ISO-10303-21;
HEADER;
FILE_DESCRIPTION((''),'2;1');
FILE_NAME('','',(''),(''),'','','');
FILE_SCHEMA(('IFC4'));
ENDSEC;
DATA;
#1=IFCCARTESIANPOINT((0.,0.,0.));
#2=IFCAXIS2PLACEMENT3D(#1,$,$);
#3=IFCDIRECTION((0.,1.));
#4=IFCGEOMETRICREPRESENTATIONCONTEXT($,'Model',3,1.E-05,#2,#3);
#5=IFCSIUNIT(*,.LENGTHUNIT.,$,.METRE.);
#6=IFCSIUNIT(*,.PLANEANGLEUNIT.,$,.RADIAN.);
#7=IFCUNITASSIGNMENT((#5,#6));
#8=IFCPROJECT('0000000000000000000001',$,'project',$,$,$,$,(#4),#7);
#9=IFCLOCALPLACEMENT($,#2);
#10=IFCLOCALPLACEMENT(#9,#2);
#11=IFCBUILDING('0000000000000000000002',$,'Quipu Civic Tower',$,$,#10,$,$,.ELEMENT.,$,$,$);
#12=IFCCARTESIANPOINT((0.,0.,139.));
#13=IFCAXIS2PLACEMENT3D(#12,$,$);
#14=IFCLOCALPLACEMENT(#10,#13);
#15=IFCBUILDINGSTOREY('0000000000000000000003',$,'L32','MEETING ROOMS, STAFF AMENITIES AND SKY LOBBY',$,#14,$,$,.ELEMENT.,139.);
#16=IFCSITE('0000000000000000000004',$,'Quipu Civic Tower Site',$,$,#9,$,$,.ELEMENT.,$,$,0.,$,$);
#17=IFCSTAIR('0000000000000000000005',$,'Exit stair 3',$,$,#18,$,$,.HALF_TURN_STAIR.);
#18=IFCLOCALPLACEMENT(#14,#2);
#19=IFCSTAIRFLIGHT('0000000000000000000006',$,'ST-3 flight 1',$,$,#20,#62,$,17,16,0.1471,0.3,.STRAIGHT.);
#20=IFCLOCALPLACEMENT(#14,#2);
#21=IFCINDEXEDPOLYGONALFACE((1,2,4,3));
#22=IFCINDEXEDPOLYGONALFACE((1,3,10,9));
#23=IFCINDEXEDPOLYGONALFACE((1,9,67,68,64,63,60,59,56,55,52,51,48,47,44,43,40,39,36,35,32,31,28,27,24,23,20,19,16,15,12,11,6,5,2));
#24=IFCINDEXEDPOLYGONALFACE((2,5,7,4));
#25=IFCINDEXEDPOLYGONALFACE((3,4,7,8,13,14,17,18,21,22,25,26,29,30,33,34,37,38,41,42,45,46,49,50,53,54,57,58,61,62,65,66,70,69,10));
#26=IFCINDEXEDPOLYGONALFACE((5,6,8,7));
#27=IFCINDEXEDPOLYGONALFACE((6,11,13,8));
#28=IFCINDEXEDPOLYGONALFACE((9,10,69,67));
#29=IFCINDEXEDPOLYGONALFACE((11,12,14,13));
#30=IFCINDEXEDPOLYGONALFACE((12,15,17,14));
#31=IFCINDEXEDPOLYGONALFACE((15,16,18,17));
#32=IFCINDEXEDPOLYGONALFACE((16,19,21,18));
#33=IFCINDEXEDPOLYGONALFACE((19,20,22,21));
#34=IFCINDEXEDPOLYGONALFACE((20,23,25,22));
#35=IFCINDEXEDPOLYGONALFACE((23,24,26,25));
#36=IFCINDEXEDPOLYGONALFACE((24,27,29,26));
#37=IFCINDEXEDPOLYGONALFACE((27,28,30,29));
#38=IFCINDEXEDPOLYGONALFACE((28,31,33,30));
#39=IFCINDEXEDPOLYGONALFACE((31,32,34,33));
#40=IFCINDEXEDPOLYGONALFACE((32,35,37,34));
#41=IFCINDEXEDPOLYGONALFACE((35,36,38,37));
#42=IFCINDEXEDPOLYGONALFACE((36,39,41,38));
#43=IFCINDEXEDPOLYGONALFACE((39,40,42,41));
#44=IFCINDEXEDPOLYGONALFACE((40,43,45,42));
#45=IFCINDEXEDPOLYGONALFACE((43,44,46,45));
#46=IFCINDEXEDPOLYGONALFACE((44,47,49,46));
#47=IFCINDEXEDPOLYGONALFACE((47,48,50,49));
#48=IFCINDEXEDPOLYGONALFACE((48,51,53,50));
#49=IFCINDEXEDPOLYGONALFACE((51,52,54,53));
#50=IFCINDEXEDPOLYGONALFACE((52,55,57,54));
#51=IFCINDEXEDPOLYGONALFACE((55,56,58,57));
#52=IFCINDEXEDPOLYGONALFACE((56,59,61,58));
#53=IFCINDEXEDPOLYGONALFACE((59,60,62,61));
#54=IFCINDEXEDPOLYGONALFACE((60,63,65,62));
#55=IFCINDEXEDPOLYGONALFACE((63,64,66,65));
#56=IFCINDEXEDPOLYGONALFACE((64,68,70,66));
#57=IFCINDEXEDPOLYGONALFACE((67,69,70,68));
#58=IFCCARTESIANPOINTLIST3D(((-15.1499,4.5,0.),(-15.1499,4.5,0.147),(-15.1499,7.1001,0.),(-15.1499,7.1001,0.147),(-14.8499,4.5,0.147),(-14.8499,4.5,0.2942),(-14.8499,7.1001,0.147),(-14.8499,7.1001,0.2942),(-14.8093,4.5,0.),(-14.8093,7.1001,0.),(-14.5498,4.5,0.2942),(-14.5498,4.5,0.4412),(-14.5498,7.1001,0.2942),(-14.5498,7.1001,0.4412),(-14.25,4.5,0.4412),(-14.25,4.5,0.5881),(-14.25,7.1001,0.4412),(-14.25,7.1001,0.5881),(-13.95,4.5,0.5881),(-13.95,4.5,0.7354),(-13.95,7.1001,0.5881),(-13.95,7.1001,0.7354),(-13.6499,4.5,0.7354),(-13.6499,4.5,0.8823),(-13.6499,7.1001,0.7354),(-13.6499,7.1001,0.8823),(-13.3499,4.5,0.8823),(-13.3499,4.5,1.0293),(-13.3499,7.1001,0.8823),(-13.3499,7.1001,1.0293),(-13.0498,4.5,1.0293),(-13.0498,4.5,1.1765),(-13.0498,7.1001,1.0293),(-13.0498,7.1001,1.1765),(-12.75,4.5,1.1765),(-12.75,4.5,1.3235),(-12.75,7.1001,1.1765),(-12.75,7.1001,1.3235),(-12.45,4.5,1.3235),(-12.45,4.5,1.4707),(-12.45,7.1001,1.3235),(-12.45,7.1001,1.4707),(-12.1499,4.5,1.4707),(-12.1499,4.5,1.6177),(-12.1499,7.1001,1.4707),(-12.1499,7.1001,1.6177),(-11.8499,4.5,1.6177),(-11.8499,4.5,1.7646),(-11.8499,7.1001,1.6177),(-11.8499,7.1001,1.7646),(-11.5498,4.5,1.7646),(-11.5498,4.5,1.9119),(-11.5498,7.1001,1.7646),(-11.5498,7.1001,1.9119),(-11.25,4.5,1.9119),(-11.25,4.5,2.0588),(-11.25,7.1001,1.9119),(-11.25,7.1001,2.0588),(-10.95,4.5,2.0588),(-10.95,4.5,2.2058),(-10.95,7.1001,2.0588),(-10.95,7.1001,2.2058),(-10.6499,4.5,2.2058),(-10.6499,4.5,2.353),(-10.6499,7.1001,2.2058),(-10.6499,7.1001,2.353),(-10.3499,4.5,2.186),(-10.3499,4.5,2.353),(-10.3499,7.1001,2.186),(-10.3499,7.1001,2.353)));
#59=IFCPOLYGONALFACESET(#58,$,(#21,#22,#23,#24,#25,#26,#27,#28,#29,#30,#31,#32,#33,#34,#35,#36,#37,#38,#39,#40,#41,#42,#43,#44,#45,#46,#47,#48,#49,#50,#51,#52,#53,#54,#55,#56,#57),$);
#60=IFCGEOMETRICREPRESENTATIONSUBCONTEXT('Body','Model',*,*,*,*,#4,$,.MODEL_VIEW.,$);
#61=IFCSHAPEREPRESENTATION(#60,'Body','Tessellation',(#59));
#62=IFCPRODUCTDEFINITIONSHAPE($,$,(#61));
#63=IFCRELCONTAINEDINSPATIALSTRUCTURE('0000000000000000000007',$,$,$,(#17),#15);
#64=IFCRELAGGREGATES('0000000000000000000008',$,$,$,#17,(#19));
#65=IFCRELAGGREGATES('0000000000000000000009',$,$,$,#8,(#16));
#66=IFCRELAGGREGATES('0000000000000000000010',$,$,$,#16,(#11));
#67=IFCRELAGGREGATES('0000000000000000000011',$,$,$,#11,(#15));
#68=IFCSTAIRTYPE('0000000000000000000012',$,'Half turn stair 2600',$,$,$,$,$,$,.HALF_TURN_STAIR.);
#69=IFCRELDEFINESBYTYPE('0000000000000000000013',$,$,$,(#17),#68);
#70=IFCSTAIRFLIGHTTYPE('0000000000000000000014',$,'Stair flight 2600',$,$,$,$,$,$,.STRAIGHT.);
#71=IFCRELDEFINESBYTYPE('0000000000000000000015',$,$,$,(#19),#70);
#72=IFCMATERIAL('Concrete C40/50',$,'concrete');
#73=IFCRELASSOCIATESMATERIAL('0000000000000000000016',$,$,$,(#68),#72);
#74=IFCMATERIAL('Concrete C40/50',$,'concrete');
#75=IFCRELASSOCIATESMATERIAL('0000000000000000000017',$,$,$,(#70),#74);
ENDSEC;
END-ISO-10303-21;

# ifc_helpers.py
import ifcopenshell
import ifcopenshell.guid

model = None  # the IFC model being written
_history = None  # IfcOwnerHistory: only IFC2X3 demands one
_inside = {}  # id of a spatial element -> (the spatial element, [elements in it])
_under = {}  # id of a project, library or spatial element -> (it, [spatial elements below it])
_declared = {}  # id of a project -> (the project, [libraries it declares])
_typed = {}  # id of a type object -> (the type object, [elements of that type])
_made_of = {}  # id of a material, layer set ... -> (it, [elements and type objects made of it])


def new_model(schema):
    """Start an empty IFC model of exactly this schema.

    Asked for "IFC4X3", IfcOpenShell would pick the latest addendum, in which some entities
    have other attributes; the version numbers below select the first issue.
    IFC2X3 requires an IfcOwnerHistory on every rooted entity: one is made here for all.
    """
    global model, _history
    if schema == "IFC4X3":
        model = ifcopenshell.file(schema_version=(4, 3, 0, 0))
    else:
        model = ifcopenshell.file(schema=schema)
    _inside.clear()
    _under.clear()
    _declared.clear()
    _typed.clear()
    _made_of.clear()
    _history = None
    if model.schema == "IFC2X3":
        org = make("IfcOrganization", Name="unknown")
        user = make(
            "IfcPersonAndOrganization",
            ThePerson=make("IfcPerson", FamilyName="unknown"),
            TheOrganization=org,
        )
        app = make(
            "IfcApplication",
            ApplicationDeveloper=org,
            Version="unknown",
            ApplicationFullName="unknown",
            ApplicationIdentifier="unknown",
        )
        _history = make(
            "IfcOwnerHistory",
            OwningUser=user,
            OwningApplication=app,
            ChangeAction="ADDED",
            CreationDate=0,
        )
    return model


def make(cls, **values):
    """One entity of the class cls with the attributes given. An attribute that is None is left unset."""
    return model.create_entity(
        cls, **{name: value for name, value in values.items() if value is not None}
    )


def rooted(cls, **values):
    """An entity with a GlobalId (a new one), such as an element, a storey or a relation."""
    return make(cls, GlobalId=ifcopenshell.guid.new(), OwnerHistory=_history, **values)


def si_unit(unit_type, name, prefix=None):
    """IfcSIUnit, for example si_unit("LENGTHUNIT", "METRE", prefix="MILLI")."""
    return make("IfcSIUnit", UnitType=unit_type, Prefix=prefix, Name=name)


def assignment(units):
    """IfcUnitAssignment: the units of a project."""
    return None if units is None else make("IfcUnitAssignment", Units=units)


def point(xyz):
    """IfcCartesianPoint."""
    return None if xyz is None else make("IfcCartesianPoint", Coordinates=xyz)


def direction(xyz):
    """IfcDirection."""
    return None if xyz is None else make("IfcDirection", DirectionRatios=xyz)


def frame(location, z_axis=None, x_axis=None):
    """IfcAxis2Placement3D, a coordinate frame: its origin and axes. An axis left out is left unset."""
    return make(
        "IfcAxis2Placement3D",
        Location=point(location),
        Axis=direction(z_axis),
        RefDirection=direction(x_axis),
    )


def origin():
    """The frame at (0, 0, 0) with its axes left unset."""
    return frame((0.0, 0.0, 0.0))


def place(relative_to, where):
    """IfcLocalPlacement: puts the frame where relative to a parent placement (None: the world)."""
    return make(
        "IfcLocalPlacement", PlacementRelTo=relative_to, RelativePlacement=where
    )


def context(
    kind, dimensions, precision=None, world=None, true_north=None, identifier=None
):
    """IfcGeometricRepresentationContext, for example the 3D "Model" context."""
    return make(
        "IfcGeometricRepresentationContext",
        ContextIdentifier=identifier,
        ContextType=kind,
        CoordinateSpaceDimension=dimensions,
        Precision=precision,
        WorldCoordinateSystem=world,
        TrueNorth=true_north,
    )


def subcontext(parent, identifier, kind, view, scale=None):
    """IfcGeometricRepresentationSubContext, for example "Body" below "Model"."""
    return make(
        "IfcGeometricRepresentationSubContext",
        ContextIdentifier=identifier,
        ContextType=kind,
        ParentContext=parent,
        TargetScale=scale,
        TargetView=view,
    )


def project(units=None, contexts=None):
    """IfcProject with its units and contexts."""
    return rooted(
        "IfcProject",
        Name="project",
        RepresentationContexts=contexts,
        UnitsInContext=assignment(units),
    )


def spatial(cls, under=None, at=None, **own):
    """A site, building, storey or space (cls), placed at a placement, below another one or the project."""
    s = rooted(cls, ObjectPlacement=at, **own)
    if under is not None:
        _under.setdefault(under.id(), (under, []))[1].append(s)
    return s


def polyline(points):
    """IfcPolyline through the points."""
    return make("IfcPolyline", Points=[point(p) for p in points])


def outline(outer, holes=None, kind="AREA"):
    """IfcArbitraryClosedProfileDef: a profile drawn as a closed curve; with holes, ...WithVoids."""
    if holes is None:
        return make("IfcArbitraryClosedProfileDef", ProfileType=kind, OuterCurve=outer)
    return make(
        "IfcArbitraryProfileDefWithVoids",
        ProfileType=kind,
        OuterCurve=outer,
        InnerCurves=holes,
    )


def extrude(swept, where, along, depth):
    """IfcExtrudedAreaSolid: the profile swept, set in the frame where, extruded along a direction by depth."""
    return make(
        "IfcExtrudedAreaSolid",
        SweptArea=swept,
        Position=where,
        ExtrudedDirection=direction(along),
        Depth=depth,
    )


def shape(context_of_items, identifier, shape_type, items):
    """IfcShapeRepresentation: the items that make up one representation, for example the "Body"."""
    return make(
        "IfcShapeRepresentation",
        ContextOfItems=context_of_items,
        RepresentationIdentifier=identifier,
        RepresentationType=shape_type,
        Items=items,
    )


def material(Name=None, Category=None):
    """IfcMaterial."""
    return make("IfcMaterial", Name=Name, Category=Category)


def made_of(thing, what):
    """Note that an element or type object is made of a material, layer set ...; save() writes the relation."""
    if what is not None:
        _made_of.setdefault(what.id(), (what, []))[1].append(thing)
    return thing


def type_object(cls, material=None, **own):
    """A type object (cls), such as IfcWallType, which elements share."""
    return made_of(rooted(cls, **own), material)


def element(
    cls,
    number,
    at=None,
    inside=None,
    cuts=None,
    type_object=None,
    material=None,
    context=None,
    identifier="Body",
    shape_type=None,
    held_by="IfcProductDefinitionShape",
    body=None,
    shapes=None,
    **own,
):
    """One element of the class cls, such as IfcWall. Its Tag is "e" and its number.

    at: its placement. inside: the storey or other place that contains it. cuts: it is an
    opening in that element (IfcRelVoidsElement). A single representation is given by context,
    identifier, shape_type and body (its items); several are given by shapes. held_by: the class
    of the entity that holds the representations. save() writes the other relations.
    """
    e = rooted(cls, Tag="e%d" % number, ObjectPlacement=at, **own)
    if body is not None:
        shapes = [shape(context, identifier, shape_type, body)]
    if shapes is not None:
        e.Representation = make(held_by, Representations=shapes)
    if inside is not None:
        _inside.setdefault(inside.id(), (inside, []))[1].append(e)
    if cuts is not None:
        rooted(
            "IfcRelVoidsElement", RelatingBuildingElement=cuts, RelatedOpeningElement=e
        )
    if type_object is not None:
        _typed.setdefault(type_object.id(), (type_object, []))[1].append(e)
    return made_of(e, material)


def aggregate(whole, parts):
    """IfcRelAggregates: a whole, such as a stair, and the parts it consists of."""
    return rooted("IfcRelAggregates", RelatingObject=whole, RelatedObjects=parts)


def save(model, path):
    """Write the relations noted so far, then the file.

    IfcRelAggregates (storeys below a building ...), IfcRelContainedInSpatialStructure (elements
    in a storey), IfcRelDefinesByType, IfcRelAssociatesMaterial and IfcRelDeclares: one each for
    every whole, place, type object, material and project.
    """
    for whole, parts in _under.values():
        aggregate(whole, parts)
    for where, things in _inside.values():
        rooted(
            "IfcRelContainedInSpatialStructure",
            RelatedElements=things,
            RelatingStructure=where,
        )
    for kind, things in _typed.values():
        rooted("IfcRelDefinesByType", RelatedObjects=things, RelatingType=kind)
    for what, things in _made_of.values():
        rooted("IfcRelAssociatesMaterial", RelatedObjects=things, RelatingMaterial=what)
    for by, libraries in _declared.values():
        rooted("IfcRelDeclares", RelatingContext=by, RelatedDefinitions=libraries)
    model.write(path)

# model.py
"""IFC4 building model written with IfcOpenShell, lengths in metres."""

from ifc_helpers import new_model, si_unit, direction, frame, origin, place, context, subcontext, project, spatial, polyline, outline, extrude, material, type_object, element, aggregate, save


model = new_model("IFC4")

# Units and contexts
model_context = context("Model", 3, precision=1e-05, world=origin(), true_north=direction((0.0, 1.0)))
body_context = subcontext(model_context, "Body", "Model", "MODEL_VIEW")
ifc_project = project(units=[si_unit("LENGTHUNIT", "METRE"), si_unit("PLANEANGLEUNIT", "RADIAN")], contexts=[model_context])

# Site, building, storey
site_placement = place(None, origin())
site = spatial("IfcSite", under=ifc_project, at=site_placement, Name="Quipu Civic Tower Site", CompositionType="ELEMENT", RefElevation=0.0)
building_placement = place(site_placement, origin())
building = spatial("IfcBuilding", under=site, at=building_placement, Name="Quipu Civic Tower", CompositionType="ELEMENT")
storey_placement = place(building_placement, frame((0.0, 0.0, 139.0)))
storey = spatial("IfcBuildingStorey", under=building, at=storey_placement, Name="L32", Description="MEETING ROOMS, STAFF AMENITIES AND SKY LOBBY", CompositionType="ELEMENT", Elevation=139.0)

# Stair, stair flight
ifc_material_1 = material(Name="Concrete C40/50", Category="concrete")
stair_type = type_object("IfcStairType", Name="Half turn stair 2600", PredefinedType="HALF_TURN_STAIR", material=ifc_material_1)
stair_placement = place(storey_placement, origin())
stair = element("IfcStair", 1, at=stair_placement, inside=storey, type_object=stair_type, Name="Exit stair 3", PredefinedType="HALF_TURN_STAIR")
ifc_material_2 = material(Name="Concrete C40/50", Category="concrete")
stair_flight_type = type_object("IfcStairFlightType", Name="Stair flight 2600", PredefinedType="STRAIGHT", material=ifc_material_2)
stair_flight_placement = place(storey_placement, frame((-15.1499, 5.8, 0.0), z_axis=(0.0, 0.0, 1.0), x_axis=(1.0, 0.0, 0.0)))
stair_flight = element("IfcStairFlight", 2, at=stair_flight_placement, type_object=stair_flight_type, Name="ST-3 flight 1", NumberOfRisers=17, NumberOfTreads=16, PredefinedType="STRAIGHT", RiserHeight=0.1471, TreadLength=0.3, context=body_context, shape_type="SweptSolid", body=[
    extrude(outline(polyline([(0.0, 0.0), (0.0, 0.147), (0.3, 0.147), (0.3, 0.2942), (0.6001, 0.2942), (0.6001, 0.4412), (0.8999, 0.4412), (0.8999, 0.5881), (1.2, 0.5881), (1.2, 0.7354), (1.5, 0.7354), (1.5, 0.8823), (1.8, 0.8823), (1.8, 1.0293), (2.1001, 1.0293), (2.1001, 1.1765), (2.3999, 1.1765), (2.3999, 1.3235), (2.7, 1.3235), (2.7, 1.4707), (3.0, 1.4707), (3.0, 1.6177), (3.3, 1.6177), (3.3, 1.7646), (3.6001, 1.7646), (3.6001, 1.9119), (3.8999, 1.9119), (3.8999, 2.0588), (4.2, 2.0588), (4.2, 2.2058), (4.5, 2.2058), (4.5, 2.353), (4.8, 2.353), (4.8, 2.5), (4.8, 2.186), (0.3406, 0.0), (0.0, 0.0)])), frame((0.0, 1.3, 0.0), z_axis=(0.0, -1.0, 0.0), x_axis=(1.0, 0.0, 0.0)), (0.0, 0.0, 1.0), 2.6001),
])
aggregate(stair, [stair_flight])

save(model, "model.ifc")
